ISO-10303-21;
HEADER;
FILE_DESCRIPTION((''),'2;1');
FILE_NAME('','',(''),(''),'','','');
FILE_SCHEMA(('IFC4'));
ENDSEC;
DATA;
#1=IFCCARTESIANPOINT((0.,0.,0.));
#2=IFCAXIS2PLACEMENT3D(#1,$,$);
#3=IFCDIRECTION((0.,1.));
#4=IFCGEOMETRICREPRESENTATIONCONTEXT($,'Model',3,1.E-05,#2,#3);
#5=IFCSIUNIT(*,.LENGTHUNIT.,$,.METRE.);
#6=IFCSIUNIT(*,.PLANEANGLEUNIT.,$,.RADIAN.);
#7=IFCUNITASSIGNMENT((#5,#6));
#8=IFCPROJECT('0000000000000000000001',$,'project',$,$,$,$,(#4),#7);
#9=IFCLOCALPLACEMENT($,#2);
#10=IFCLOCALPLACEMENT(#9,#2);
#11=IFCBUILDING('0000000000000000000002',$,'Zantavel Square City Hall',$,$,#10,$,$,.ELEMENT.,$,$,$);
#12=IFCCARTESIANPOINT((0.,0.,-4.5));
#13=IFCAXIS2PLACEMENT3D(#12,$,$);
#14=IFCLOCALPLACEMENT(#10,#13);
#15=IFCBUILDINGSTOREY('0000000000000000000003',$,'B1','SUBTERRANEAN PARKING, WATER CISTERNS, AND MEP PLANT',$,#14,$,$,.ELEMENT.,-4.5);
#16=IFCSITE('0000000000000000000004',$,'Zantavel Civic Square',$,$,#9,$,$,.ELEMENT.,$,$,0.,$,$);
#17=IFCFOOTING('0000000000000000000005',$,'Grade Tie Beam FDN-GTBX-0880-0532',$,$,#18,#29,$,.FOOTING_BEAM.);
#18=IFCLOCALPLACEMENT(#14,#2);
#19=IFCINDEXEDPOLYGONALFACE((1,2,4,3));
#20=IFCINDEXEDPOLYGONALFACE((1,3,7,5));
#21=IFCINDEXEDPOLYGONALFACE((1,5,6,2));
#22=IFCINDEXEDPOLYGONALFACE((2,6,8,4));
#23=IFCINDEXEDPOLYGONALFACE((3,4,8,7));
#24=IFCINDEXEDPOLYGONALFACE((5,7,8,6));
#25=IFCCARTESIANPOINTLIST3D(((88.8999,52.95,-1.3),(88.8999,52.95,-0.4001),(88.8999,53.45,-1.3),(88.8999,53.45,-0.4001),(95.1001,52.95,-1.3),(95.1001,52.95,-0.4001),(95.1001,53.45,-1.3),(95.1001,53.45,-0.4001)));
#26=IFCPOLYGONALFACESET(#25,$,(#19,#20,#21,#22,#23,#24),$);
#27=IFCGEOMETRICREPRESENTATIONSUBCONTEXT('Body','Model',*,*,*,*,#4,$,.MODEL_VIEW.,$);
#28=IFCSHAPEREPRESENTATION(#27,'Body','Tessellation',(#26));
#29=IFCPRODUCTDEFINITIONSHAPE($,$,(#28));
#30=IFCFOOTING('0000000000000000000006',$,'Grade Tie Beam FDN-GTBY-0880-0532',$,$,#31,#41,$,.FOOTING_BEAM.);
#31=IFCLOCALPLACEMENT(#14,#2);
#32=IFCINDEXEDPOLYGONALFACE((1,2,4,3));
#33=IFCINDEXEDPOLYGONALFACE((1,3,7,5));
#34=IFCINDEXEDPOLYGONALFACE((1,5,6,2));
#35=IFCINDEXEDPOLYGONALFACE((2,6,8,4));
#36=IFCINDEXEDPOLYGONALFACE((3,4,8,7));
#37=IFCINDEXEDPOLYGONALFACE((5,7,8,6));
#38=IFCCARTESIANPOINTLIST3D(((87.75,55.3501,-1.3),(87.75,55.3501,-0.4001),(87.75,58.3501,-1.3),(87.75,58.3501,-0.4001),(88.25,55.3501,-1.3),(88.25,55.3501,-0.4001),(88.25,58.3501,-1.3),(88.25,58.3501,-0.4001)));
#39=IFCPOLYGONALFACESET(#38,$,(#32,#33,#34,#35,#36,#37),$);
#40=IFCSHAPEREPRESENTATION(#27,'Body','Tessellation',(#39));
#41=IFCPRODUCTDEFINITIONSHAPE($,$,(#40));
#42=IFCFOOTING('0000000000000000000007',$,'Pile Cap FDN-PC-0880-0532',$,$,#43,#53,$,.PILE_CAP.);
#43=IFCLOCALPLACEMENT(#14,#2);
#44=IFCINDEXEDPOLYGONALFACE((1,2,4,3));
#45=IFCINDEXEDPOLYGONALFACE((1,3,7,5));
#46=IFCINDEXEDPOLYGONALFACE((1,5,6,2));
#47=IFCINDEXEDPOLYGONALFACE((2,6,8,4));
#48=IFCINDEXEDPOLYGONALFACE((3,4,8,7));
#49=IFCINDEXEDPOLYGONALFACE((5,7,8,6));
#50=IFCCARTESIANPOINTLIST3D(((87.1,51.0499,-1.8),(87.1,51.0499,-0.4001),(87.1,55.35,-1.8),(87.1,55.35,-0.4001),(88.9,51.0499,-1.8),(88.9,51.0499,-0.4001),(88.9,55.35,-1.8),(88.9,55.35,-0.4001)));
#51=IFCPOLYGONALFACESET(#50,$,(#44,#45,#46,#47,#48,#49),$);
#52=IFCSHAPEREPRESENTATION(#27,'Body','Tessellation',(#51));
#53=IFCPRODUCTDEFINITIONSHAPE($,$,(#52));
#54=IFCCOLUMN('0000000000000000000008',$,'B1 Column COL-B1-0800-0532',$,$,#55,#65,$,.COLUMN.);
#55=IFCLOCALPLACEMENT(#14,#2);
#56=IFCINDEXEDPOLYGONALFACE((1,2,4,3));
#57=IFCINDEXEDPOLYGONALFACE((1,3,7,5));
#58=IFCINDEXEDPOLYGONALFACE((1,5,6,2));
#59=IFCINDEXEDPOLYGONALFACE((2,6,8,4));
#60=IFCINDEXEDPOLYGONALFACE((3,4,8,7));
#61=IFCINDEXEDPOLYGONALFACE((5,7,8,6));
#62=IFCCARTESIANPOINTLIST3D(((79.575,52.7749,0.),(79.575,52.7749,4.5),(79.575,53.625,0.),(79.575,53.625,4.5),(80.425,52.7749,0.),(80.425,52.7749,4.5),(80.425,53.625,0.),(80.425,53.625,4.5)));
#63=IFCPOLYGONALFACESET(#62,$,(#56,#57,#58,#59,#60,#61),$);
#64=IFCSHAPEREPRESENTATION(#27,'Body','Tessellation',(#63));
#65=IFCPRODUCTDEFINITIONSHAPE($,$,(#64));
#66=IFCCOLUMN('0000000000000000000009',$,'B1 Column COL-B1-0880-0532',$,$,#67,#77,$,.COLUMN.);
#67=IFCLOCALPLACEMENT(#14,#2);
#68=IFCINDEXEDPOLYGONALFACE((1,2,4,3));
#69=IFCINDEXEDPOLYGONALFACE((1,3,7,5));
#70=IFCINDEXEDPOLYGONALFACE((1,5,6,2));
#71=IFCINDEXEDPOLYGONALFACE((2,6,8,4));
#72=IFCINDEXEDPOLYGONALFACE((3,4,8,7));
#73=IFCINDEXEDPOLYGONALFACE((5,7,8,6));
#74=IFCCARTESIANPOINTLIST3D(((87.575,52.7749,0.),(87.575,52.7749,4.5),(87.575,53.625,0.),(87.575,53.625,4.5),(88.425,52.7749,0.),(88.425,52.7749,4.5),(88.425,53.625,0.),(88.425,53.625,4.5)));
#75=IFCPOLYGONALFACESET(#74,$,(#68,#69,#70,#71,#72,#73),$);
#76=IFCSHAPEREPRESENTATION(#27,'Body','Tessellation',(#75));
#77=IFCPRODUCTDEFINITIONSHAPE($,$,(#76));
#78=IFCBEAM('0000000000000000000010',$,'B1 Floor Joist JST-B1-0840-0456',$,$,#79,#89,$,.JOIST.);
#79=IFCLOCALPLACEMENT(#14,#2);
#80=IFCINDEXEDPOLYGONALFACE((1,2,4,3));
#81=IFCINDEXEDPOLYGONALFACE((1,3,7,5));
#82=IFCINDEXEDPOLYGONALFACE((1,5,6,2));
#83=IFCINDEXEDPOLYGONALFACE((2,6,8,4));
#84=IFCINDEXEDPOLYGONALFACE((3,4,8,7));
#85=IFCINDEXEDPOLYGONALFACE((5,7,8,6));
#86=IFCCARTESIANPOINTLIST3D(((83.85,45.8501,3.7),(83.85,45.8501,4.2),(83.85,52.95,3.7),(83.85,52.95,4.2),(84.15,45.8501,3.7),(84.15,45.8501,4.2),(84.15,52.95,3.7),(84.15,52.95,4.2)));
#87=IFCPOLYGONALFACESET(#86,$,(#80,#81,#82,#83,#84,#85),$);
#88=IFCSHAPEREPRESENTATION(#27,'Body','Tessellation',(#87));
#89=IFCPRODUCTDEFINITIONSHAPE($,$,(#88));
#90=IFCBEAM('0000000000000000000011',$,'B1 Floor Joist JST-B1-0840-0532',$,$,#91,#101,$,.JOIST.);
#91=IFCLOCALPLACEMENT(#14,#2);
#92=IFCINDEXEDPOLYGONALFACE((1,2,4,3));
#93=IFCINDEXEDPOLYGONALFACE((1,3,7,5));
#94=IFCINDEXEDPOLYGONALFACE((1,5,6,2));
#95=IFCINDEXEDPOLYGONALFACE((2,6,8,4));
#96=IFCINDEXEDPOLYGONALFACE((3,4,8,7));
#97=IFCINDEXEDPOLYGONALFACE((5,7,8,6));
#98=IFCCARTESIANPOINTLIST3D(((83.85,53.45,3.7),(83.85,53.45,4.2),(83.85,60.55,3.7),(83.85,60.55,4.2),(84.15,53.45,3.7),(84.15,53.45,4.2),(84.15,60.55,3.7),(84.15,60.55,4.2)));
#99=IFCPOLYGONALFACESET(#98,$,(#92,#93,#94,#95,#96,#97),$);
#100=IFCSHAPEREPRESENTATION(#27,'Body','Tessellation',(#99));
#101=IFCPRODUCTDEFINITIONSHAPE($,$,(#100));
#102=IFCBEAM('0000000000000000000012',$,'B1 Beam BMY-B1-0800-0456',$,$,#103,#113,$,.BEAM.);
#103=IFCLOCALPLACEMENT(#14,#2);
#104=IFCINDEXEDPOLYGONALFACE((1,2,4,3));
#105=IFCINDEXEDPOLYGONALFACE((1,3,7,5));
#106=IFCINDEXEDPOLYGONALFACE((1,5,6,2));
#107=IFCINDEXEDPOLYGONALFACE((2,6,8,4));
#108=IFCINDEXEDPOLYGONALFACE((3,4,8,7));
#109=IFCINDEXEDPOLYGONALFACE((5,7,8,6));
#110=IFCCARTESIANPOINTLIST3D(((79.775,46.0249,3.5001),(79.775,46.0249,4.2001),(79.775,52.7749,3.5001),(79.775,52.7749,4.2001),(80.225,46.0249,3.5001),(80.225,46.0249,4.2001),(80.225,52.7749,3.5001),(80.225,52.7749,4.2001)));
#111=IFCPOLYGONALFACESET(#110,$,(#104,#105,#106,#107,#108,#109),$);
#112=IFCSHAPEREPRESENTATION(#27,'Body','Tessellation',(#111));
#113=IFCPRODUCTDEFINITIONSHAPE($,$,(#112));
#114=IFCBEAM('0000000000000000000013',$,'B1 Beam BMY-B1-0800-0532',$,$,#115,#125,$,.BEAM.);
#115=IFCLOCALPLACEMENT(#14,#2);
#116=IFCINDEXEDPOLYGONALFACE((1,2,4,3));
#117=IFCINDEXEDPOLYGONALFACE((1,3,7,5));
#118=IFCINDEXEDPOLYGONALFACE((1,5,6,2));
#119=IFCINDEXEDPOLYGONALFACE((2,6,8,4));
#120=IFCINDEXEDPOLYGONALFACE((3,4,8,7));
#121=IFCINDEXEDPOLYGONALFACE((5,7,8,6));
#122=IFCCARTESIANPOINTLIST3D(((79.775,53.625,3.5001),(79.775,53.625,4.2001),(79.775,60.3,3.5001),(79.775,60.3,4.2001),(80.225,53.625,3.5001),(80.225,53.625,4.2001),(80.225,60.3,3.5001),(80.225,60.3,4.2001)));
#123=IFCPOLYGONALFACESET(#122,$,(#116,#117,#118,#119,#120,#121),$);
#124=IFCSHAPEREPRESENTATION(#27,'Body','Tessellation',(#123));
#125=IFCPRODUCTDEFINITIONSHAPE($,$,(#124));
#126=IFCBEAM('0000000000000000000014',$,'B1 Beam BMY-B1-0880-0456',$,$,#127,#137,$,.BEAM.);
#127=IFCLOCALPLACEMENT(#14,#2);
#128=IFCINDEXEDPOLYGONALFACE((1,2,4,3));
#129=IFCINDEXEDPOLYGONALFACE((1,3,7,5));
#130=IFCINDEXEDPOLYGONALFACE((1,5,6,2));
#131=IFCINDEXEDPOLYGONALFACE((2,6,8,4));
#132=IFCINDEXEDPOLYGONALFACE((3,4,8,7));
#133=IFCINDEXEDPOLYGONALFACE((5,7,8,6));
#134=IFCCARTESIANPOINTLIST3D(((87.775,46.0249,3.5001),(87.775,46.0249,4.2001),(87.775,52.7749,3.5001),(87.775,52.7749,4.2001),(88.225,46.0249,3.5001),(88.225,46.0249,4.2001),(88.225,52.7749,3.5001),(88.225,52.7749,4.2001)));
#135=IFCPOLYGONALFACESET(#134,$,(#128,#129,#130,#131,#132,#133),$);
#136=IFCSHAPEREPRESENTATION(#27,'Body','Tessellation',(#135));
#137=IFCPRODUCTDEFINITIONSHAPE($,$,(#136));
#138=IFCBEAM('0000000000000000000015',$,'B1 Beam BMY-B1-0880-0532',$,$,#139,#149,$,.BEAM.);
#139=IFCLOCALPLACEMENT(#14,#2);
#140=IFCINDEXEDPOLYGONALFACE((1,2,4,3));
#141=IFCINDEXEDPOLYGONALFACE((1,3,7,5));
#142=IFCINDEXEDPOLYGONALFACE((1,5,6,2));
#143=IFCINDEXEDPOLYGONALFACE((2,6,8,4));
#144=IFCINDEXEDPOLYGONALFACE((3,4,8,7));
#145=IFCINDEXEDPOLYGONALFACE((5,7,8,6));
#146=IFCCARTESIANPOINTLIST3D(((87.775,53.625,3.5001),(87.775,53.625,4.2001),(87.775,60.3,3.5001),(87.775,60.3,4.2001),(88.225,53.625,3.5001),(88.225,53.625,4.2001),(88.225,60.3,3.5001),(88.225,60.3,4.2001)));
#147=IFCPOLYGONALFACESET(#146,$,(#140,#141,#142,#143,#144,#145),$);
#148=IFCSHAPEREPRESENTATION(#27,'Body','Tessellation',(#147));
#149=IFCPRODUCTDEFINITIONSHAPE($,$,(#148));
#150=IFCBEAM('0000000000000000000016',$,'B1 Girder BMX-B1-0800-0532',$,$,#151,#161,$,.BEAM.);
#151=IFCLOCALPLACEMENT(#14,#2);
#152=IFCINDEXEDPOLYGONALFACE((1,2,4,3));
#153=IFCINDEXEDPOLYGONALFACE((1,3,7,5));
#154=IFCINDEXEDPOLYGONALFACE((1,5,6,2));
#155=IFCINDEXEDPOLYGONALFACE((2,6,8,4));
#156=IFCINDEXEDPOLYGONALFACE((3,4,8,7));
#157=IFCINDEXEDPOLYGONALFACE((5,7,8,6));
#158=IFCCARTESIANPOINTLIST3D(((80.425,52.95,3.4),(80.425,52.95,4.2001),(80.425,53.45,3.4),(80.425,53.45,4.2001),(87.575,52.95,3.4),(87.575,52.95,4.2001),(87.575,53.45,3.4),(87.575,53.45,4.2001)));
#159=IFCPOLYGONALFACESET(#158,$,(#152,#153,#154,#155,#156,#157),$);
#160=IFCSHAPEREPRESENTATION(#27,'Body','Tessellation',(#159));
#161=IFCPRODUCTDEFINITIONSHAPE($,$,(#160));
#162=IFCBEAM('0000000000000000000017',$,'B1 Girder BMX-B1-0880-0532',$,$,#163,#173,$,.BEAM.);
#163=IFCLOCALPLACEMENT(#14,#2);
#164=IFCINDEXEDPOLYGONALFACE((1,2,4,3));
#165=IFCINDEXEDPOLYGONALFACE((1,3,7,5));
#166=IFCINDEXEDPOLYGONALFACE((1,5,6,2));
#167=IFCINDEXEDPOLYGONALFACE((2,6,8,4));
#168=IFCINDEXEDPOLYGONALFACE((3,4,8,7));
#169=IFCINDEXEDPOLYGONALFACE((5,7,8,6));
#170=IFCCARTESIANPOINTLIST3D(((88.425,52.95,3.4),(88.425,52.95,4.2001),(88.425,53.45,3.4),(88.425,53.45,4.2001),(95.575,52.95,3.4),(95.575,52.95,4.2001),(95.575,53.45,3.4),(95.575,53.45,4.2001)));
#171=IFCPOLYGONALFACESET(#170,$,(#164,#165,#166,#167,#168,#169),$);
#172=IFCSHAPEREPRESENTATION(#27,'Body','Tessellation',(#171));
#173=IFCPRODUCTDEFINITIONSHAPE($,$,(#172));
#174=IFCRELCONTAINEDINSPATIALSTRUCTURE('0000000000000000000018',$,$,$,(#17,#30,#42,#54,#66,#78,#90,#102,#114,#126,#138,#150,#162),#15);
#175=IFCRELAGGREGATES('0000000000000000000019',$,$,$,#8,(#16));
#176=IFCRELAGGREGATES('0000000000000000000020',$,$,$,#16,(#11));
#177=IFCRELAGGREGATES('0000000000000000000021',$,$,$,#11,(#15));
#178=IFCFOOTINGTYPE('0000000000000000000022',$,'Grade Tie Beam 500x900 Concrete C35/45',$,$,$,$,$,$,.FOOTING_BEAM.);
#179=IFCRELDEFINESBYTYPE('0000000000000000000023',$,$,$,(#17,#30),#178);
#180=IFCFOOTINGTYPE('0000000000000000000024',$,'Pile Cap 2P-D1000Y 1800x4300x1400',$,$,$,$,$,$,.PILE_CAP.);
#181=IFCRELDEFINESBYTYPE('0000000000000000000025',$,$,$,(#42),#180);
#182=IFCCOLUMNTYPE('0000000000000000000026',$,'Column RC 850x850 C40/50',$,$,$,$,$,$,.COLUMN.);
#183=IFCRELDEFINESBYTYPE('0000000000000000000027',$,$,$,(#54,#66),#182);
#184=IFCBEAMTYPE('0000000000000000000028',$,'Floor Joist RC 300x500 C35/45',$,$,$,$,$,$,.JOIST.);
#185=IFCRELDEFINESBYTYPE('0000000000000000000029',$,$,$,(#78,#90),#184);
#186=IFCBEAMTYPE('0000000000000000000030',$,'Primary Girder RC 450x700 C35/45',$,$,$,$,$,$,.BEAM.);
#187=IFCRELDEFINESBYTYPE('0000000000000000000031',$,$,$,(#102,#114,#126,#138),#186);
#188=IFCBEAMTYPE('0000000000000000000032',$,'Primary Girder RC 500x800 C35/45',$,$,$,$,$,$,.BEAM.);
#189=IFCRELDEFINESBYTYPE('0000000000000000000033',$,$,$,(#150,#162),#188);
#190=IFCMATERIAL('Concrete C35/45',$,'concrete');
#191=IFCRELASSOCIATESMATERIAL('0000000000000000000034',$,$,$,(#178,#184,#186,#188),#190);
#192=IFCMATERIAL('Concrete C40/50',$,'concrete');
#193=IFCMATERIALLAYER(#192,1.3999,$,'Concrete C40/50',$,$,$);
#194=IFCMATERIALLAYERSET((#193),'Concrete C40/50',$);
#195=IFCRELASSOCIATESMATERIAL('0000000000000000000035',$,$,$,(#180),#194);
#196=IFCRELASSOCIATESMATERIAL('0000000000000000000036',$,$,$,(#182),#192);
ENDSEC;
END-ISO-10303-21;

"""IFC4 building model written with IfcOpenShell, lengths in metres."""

from ifc_helpers import new_model, si_unit, direction, frame, origin, origin_2d, place, context, subcontext, project, spatial, rectangle, extrude, material, layer, layer_set, material_profile, profile_set, type_object, element, save


model = new_model("IFC4")

# Units and contexts
model_context = context("Model", 3, precision=1e-05, world=origin(), true_north=direction((0.0, 1.0)))
body_context = subcontext(model_context, "Body", "Model", "MODEL_VIEW")
ifc_project = project(units=[si_unit("LENGTHUNIT", "METRE"), si_unit("PLANEANGLEUNIT", "RADIAN")], contexts=[model_context])

# Site, building, storey
site_placement = place(None, origin())
site = spatial("IfcSite", under=ifc_project, at=site_placement, Name="Zantavel Civic Square", CompositionType="ELEMENT", RefElevation=0.0)
building_placement = place(site_placement, origin())
building = spatial("IfcBuilding", under=site, at=building_placement, Name="Zantavel Square City Hall", CompositionType="ELEMENT")
storey_placement = place(building_placement, frame((0.0, 0.0, -4.5)))
storey = spatial("IfcBuildingStorey", under=building, at=storey_placement, Name="B1", Description="SUBTERRANEAN PARKING, WATER CISTERNS, AND MEP PLANT", CompositionType="ELEMENT", Elevation=-4.5)

# Shared definitions
ifc_material_1 = material(Name="Concrete C35/45", Category="concrete")

# Footings
ifc_material_profile_1 = material_profile(ifc_material_1, rectangle(XDim=0.5, YDim=0.8999, at=origin_2d()), Name="RC 500x900")
ifc_profile_set_1 = profile_set([ifc_material_profile_1], Name="Concrete C35/45")
footing_type_1 = type_object("IfcFootingType", Name="Grade Tie Beam 500x900 Concrete C35/45", PredefinedType="FOOTING_BEAM", material=ifc_profile_set_1)
footing_1_placement = place(storey_placement, frame((88.8999, 53.2, -0.8501), z_axis=(1.0, 0.0, 0.0), x_axis=(0.0, 1.0, 0.0)))
element("IfcFooting", 1, at=footing_1_placement, inside=storey, type_object=footing_type_1, Name="Grade Tie Beam FDN-GTBX-0880-0532", PredefinedType="FOOTING_BEAM", context=body_context, shape_type="SweptSolid", body=[
    extrude(rectangle(XDim=0.5, YDim=0.8999, at=origin_2d()), origin(), (0.0, 0.0, 1.0), 6.2002),
])
footing_2_placement = place(storey_placement, frame((88.0, 55.3501, -0.8501), z_axis=(0.0, 1.0, 0.0), x_axis=(-1.0, 0.0, 0.0)))
element("IfcFooting", 2, at=footing_2_placement, inside=storey, type_object=footing_type_1, Name="Grade Tie Beam FDN-GTBY-0880-0532", PredefinedType="FOOTING_BEAM", context=body_context, shape_type="SweptSolid", body=[
    extrude(rectangle(XDim=0.5, YDim=0.8999, at=origin_2d()), origin(), (0.0, 0.0, 1.0), 3.0),
])
ifc_material_2 = material(Name="Concrete C40/50", Category="concrete")
ifc_layer = layer(ifc_material_2, 1.3999, Name="Concrete C40/50")
ifc_layer_set = layer_set([ifc_layer], Name="Concrete C40/50")
footing_type_2 = type_object("IfcFootingType", Name="Pile Cap 2P-D1000Y 1800x4300x1400", PredefinedType="PILE_CAP", material=ifc_layer_set)
footing_3_placement = place(storey_placement, frame((88.0, 53.2, -1.8), z_axis=(0.0, 0.0, 1.0), x_axis=(1.0, 0.0, 0.0)))
element("IfcFooting", 3, at=footing_3_placement, inside=storey, type_object=footing_type_2, Name="Pile Cap FDN-PC-0880-0532", PredefinedType="PILE_CAP", context=body_context, shape_type="SweptSolid", body=[
    extrude(rectangle(XDim=1.8, YDim=4.3, at=origin_2d()), origin(), (0.0, 0.0, 1.0), 1.3999),
])

# Columns
ifc_material_profile_2 = material_profile(ifc_material_2, rectangle(XDim=0.8501, YDim=0.8501, at=origin_2d()), Name="RC 850x850")
ifc_profile_set_2 = profile_set([ifc_material_profile_2], Name="Concrete C40/50")
column_type = type_object("IfcColumnType", Name="Column RC 850x850 C40/50", PredefinedType="COLUMN", material=ifc_profile_set_2)
for number, where, z_axis, x_axis, name in (
    (4, (80.0, 53.2, 0.0), (0.0, 0.0, 1.0), (1.0, 0.0, 0.0), "B1 Column COL-B1-0800-0532"),
    (5, (88.0, 53.2, 0.0), (0.0, 0.0, 1.0), (1.0, 0.0, 0.0), "B1 Column COL-B1-0880-0532"),
):
    element("IfcColumn", number, at=place(storey_placement, frame(where, z_axis=z_axis, x_axis=x_axis)), inside=storey, type_object=column_type, Name=name, PredefinedType="COLUMN", context=body_context, shape_type="SweptSolid", body=[
        extrude(rectangle(XDim=0.8501, YDim=0.8501, at=origin_2d()), origin(), (0.0, 0.0, 1.0), 4.5),
    ])

# Beams
ifc_material_profile_3 = material_profile(ifc_material_1, rectangle(XDim=0.3, YDim=0.5, at=origin_2d()), Name="RC 300x500")
ifc_profile_set_3 = profile_set([ifc_material_profile_3], Name="Concrete C35/45")
beam_type_1 = type_object("IfcBeamType", Name="Floor Joist RC 300x500 C35/45", PredefinedType="JOIST", material=ifc_profile_set_3)
beam_1_placement = place(storey_placement, frame((84.0, 45.8501, 3.95), z_axis=(0.0, 1.0, 0.0), x_axis=(-1.0, 0.0, 0.0)))
element("IfcBeam", 6, at=beam_1_placement, inside=storey, type_object=beam_type_1, Name="B1 Floor Joist JST-B1-0840-0456", PredefinedType="JOIST", context=body_context, shape_type="SweptSolid", body=[
    extrude(rectangle(XDim=0.3, YDim=0.5, at=origin_2d()), origin(), (0.0, 0.0, 1.0), 7.0999),
])
beam_2_placement = place(storey_placement, frame((84.0, 53.45, 3.95), z_axis=(0.0, 1.0, 0.0), x_axis=(-1.0, 0.0, 0.0)))
element("IfcBeam", 7, at=beam_2_placement, inside=storey, type_object=beam_type_1, Name="B1 Floor Joist JST-B1-0840-0532", PredefinedType="JOIST", context=body_context, shape_type="SweptSolid", body=[
    extrude(rectangle(XDim=0.3, YDim=0.5, at=origin_2d()), origin(), (0.0, 0.0, 1.0), 7.1001),
])
ifc_material_profile_4 = material_profile(ifc_material_1, rectangle(XDim=0.45, YDim=0.7, at=origin_2d()), Name="RC 450x700")
ifc_profile_set_4 = profile_set([ifc_material_profile_4], Name="Concrete C35/45")
beam_type_2 = type_object("IfcBeamType", Name="Primary Girder RC 450x700 C35/45", PredefinedType="BEAM", material=ifc_profile_set_4)
beam_3_placement = place(storey_placement, frame((80.0, 46.0249, 3.8501), z_axis=(0.0, 1.0, 0.0), x_axis=(-1.0, 0.0, 0.0)))
element("IfcBeam", 8, at=beam_3_placement, inside=storey, type_object=beam_type_2, Name="B1 Beam BMY-B1-0800-0456", PredefinedType="BEAM", context=body_context, shape_type="SweptSolid", body=[
    extrude(rectangle(XDim=0.45, YDim=0.7, at=origin_2d()), origin(), (0.0, 0.0, 1.0), 6.75),
])
beam_4_placement = place(storey_placement, frame((80.0, 53.625, 3.8501), z_axis=(0.0, 1.0, 0.0), x_axis=(-1.0, 0.0, 0.0)))
element("IfcBeam", 9, at=beam_4_placement, inside=storey, type_object=beam_type_2, Name="B1 Beam BMY-B1-0800-0532", PredefinedType="BEAM", context=body_context, shape_type="SweptSolid", body=[
    extrude(rectangle(XDim=0.45, YDim=0.7, at=origin_2d()), origin(), (0.0, 0.0, 1.0), 6.675),
])
beam_5_placement = place(storey_placement, frame((88.0, 46.0249, 3.8501), z_axis=(0.0, 1.0, 0.0), x_axis=(-1.0, 0.0, 0.0)))
element("IfcBeam", 10, at=beam_5_placement, inside=storey, type_object=beam_type_2, Name="B1 Beam BMY-B1-0880-0456", PredefinedType="BEAM", context=body_context, shape_type="SweptSolid", body=[
    extrude(rectangle(XDim=0.45, YDim=0.7, at=origin_2d()), origin(), (0.0, 0.0, 1.0), 6.75),
])
beam_6_placement = place(storey_placement, frame((88.0, 53.625, 3.8501), z_axis=(0.0, 1.0, 0.0), x_axis=(-1.0, 0.0, 0.0)))
element("IfcBeam", 11, at=beam_6_placement, inside=storey, type_object=beam_type_2, Name="B1 Beam BMY-B1-0880-0532", PredefinedType="BEAM", context=body_context, shape_type="SweptSolid", body=[
    extrude(rectangle(XDim=0.45, YDim=0.7, at=origin_2d()), origin(), (0.0, 0.0, 1.0), 6.675),
])
ifc_material_profile_5 = material_profile(ifc_material_1, rectangle(XDim=0.5, YDim=0.8, at=origin_2d()), Name="RC 500x800")
ifc_profile_set_5 = profile_set([ifc_material_profile_5], Name="Concrete C35/45")
beam_type_3 = type_object("IfcBeamType", Name="Primary Girder RC 500x800 C35/45", PredefinedType="BEAM", material=ifc_profile_set_5)
for number, where, z_axis, x_axis, name in (
    (12, (80.425, 53.2, 3.8), (1.0, 0.0, 0.0), (0.0, 1.0, 0.0), "B1 Girder BMX-B1-0800-0532"),
    (13, (88.425, 53.2, 3.8), (1.0, 0.0, 0.0), (0.0, 1.0, 0.0), "B1 Girder BMX-B1-0880-0532"),
):
    element("IfcBeam", number, at=place(storey_placement, frame(where, z_axis=z_axis, x_axis=x_axis)), inside=storey, type_object=beam_type_3, Name=name, PredefinedType="BEAM", context=body_context, shape_type="SweptSolid", body=[
        extrude(rectangle(XDim=0.5, YDim=0.8, at=origin_2d()), origin(), (0.0, 0.0, 1.0), 7.1499),
    ])

save(model, "model.ifc")
